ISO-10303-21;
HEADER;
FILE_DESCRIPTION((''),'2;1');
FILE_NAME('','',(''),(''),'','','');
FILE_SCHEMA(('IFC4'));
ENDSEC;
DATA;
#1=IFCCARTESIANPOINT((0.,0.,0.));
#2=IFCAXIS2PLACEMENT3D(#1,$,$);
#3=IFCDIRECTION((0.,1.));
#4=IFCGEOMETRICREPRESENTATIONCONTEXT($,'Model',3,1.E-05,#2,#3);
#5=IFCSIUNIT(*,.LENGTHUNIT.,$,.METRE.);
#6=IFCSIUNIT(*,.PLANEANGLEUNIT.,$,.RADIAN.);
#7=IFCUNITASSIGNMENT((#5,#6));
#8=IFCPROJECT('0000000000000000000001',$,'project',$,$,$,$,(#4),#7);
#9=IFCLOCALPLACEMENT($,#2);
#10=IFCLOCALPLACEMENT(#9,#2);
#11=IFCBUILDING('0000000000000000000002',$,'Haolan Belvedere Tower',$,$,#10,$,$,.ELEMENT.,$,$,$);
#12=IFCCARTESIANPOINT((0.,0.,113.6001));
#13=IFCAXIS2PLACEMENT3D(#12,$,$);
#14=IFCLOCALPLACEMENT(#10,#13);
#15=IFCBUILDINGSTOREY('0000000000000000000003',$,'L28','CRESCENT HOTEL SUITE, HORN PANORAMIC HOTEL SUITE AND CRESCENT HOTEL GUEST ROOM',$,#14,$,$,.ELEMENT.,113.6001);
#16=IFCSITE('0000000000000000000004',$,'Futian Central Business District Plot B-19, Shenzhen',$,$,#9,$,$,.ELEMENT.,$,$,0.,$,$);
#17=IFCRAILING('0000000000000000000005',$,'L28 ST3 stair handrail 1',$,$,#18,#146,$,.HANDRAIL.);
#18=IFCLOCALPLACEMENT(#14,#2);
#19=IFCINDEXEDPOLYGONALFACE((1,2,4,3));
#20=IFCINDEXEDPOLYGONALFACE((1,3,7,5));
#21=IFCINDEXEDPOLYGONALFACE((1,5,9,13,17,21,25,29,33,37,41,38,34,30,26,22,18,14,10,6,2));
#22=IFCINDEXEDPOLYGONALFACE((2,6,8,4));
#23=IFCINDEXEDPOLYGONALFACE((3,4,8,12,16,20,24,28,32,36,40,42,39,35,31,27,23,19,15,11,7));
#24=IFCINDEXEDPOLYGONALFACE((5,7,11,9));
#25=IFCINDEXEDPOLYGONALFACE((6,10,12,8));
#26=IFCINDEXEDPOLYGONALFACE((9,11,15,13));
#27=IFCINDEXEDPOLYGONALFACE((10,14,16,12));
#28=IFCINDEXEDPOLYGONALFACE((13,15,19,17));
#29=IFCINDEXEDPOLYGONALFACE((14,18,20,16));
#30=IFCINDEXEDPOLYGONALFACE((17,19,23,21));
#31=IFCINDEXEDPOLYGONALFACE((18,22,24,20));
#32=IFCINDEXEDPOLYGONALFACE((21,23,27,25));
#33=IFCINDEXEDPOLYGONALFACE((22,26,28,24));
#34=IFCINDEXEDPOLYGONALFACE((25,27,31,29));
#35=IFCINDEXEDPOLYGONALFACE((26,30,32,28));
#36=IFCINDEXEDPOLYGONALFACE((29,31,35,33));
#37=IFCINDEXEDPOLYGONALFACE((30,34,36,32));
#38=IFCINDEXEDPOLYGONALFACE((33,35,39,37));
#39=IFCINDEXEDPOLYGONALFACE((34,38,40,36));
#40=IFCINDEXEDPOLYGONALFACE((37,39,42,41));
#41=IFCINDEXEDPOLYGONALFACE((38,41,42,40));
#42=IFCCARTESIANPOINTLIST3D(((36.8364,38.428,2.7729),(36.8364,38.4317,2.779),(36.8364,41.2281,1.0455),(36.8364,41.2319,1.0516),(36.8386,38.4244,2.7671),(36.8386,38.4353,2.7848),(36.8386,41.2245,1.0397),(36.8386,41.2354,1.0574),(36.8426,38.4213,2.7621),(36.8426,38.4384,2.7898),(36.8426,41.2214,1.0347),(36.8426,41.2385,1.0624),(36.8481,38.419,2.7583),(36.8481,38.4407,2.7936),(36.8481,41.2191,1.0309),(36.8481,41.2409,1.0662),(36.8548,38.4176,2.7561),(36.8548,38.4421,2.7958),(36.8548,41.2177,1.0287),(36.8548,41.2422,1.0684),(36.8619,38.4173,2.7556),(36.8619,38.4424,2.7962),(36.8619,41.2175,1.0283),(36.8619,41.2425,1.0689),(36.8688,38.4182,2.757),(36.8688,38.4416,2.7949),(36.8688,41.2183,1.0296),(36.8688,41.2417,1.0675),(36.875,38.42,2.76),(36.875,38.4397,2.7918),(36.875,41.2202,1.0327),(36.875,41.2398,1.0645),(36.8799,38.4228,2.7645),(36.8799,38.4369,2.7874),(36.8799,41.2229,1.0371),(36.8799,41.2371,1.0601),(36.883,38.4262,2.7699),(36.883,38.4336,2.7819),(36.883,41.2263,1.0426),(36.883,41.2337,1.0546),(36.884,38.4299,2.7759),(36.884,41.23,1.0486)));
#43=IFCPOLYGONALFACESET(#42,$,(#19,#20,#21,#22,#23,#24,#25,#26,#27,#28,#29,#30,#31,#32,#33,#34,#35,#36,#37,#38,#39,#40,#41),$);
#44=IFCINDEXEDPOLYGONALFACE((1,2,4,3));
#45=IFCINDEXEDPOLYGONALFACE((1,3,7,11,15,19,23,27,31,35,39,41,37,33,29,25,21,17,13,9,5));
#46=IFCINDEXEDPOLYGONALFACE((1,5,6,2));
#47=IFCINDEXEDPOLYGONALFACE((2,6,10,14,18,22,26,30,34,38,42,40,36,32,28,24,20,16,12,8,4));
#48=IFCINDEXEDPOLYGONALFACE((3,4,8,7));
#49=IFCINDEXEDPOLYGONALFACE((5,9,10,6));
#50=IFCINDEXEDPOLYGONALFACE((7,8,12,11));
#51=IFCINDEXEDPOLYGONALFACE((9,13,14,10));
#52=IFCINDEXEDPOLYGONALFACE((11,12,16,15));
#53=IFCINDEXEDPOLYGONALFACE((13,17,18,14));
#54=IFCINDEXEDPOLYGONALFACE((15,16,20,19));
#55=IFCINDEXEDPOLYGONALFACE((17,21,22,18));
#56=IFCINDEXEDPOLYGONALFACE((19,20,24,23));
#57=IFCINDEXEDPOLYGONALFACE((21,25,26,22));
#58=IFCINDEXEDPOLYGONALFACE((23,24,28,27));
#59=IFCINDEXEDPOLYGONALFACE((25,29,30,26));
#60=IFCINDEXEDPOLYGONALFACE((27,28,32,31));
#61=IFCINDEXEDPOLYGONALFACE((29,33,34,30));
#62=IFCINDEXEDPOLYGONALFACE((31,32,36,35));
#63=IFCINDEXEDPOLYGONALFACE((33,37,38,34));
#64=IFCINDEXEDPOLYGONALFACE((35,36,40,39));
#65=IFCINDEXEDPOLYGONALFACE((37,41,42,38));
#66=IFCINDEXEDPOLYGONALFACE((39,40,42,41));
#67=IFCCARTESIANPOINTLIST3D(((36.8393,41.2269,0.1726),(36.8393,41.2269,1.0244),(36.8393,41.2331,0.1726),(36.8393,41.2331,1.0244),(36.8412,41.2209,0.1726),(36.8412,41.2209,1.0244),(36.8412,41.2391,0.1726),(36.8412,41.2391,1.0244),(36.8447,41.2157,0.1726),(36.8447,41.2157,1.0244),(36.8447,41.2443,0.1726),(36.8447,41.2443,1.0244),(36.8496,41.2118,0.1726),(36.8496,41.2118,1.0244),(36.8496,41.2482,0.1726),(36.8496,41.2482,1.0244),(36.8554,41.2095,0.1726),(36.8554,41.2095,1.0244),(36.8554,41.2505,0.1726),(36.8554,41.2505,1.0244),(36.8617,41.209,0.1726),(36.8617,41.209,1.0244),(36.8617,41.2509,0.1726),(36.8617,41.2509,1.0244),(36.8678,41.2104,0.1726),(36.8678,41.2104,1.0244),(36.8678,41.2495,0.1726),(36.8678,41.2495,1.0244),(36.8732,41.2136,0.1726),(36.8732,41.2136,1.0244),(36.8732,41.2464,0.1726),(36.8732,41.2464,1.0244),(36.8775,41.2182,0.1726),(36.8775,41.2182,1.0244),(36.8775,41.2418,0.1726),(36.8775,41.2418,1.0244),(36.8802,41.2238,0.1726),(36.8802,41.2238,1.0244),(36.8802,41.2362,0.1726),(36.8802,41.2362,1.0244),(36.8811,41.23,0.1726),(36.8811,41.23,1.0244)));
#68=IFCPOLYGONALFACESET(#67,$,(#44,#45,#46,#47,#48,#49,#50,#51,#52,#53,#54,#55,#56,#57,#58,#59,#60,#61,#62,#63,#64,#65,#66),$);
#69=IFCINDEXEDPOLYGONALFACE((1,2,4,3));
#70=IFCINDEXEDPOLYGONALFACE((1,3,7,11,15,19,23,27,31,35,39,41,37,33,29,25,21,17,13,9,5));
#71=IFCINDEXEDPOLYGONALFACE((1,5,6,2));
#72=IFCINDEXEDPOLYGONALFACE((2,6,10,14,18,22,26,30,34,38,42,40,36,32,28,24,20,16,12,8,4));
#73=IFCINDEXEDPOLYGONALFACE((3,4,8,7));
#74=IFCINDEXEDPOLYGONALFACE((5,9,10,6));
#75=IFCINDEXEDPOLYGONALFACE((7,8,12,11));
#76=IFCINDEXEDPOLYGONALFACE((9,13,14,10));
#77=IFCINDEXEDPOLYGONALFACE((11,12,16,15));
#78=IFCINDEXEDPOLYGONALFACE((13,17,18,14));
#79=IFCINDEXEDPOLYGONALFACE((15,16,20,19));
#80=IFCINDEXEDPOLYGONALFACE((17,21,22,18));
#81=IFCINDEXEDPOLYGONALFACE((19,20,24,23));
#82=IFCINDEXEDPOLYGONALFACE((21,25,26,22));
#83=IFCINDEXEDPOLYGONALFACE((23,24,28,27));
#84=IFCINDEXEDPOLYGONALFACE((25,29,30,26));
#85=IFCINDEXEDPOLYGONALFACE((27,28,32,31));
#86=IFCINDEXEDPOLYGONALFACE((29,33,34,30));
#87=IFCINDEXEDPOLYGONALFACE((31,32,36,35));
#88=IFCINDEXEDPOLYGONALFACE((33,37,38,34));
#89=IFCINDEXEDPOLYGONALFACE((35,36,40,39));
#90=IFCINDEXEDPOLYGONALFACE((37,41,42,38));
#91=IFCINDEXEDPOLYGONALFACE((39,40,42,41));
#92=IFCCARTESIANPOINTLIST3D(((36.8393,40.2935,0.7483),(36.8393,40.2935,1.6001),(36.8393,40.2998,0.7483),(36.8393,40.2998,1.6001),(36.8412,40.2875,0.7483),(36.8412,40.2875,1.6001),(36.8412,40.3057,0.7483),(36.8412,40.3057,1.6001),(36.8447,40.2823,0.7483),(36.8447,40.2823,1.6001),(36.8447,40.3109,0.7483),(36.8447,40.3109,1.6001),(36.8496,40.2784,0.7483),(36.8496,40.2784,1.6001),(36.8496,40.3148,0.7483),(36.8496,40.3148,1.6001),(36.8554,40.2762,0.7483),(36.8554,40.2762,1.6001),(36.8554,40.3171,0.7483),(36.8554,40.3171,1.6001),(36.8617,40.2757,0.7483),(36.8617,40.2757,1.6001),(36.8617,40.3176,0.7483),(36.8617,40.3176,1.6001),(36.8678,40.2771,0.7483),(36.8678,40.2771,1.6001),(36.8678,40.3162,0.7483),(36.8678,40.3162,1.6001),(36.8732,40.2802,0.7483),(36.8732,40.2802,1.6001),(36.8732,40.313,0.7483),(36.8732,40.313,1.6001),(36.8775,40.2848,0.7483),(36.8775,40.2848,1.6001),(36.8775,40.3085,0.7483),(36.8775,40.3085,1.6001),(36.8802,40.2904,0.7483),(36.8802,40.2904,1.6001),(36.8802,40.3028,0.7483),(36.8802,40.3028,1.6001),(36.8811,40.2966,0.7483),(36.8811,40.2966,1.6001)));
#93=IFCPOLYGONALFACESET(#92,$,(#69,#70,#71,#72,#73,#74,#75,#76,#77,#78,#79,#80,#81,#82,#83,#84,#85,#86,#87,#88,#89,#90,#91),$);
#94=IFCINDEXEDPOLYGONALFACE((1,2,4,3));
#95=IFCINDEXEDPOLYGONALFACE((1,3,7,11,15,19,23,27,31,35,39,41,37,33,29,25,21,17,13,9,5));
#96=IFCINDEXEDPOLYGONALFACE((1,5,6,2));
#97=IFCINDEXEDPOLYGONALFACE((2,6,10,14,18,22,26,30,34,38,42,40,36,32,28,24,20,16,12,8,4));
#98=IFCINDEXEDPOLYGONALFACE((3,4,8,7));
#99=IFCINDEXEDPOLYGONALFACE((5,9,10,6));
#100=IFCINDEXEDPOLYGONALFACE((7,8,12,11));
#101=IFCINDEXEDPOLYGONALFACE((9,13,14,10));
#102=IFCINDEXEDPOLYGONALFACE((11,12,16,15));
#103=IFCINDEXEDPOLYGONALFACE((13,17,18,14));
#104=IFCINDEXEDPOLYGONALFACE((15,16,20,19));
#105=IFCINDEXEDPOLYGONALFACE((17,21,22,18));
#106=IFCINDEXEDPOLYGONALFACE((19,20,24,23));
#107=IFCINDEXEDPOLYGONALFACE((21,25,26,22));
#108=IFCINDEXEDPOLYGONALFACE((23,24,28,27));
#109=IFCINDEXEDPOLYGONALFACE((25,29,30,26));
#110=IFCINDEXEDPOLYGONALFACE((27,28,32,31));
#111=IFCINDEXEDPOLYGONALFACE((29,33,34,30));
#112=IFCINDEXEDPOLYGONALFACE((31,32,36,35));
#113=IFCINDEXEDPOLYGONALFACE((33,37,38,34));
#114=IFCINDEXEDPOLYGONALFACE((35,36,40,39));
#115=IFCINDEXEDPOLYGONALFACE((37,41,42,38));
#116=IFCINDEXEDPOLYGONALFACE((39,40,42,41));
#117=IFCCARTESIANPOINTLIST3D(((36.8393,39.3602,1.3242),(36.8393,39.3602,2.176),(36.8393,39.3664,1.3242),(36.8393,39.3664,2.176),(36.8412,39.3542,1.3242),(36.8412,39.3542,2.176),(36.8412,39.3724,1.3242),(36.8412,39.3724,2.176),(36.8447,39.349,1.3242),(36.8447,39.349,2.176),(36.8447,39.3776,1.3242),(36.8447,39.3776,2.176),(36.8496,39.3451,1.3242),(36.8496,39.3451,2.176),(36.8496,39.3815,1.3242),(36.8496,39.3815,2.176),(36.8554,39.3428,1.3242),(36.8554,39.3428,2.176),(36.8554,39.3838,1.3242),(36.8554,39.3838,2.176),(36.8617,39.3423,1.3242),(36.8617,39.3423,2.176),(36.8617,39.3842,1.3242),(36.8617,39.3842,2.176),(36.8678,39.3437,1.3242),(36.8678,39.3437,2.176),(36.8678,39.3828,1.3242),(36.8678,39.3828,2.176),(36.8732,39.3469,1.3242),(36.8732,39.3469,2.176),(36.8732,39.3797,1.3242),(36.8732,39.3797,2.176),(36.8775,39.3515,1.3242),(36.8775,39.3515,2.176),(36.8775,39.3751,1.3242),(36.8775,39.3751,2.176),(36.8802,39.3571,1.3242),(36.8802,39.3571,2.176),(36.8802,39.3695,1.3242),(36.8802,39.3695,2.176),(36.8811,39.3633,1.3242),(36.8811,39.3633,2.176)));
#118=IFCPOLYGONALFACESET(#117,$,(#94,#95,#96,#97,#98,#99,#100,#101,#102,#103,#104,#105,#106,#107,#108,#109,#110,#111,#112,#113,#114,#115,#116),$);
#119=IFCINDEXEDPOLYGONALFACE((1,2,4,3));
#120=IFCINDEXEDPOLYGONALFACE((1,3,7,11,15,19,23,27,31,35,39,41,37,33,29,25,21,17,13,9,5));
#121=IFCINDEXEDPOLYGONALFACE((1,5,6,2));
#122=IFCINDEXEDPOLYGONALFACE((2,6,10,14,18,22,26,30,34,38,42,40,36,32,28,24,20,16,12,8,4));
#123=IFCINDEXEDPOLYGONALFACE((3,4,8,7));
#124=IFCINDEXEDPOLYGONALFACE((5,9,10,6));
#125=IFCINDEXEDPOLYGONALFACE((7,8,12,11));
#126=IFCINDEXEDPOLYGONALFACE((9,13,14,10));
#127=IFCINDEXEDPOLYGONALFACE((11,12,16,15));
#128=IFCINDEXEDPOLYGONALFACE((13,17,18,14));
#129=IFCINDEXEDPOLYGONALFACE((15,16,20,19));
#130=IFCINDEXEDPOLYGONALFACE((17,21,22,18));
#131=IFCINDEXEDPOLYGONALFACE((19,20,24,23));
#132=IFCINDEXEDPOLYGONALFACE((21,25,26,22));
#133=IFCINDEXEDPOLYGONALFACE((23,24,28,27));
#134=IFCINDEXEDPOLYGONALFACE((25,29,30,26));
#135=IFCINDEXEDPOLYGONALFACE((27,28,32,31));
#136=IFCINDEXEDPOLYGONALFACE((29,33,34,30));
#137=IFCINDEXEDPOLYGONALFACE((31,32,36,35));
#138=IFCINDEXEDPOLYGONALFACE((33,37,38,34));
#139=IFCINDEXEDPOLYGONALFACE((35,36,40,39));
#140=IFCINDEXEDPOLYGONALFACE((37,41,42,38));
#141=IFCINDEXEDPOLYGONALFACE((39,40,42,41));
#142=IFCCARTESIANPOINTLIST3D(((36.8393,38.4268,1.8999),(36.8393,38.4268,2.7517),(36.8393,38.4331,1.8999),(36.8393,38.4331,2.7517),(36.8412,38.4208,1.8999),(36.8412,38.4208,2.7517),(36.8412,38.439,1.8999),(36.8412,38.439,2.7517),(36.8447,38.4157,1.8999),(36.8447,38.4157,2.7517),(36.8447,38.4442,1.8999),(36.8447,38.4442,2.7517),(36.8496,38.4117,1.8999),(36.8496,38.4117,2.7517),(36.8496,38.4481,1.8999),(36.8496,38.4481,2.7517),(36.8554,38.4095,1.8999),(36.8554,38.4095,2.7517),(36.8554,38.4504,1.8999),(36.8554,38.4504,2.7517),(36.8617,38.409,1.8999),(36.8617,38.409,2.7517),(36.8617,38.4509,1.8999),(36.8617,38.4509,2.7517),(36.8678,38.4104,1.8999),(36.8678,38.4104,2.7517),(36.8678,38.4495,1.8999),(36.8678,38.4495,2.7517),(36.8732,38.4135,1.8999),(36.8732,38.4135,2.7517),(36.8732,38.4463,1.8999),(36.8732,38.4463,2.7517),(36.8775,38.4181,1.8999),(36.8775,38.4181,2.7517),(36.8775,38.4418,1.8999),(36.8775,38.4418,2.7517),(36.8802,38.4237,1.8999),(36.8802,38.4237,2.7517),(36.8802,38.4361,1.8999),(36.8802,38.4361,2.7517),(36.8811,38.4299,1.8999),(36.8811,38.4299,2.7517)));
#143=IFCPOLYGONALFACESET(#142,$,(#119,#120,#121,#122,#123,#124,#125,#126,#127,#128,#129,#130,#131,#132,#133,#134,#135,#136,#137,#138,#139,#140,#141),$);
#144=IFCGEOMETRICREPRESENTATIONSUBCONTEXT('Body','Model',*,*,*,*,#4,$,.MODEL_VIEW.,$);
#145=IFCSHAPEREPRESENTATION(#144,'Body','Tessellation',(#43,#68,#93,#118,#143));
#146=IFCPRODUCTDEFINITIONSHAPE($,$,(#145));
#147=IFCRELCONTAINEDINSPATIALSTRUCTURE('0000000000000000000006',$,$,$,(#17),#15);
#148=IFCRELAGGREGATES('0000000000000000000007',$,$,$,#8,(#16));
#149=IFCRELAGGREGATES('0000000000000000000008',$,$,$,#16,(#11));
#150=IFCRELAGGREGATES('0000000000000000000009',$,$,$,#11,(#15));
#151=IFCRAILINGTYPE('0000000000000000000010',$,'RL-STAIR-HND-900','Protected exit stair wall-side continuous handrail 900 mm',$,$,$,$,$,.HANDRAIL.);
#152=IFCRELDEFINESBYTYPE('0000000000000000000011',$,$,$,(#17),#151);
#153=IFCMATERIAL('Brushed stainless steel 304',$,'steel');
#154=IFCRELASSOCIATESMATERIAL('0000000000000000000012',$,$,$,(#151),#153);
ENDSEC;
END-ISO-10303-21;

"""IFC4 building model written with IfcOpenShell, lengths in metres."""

from ifc_helpers import new_model, si_unit, direction, frame, origin, origin_2d, place, context, subcontext, project, spatial, circle, extrude, material, type_object, element, save


model = new_model("IFC4")

# Units and contexts
model_context = context("Model", 3, precision=1e-05, world=origin(), true_north=direction((0.0, 1.0)))
body_context = subcontext(model_context, "Body", "Model", "MODEL_VIEW")
ifc_project = project(units=[si_unit("LENGTHUNIT", "METRE"), si_unit("PLANEANGLEUNIT", "RADIAN")], contexts=[model_context])

# Site, building, storey
site_placement = place(None, origin())
site = spatial("IfcSite", under=ifc_project, at=site_placement, Name="Futian Central Business District Plot B-19, Shenzhen", CompositionType="ELEMENT", RefElevation=0.0)
building_placement = place(site_placement, origin())
building = spatial("IfcBuilding", under=site, at=building_placement, Name="Haolan Belvedere Tower", CompositionType="ELEMENT")
storey_placement = place(building_placement, frame((0.0, 0.0, 113.6001)))
storey = spatial("IfcBuildingStorey", under=building, at=storey_placement, Name="L28", Description="CRESCENT HOTEL SUITE, HORN PANORAMIC HOTEL SUITE AND CRESCENT HOTEL GUEST ROOM", CompositionType="ELEMENT", Elevation=113.6001)

# Railing
ifc_material_1 = material(Name="Brushed stainless steel 304", Category="steel")
railing_type_1 = type_object("IfcRailingType", Name="RL-STAIR-HND-900", Description="Protected exit stair wall-side continuous handrail 900 mm", PredefinedType="HANDRAIL", material=ifc_material_1)
railing_1_placement = place(storey_placement, frame((36.8601, 41.23, 0.1726)))
element("IfcRailing", 1, at=railing_1_placement, inside=storey, type_object=railing_type_1, Name="L28 ST3 stair handrail 1", PredefinedType="HANDRAIL", context=body_context, shape_type="SweptSolid", body=[
    extrude(circle(Radius=0.0239, at=origin_2d()), frame((0.0, 0.0, 0.876), z_axis=(0.0, -0.85109, 0.52502), x_axis=(1.0, 0.0, 0.0)), (0.0, 0.0, 1.0), 3.29),
    extrude(circle(Radius=0.021, at=origin_2d()), origin(), (0.0, 0.0, 1.0), 0.8518),
    extrude(circle(Radius=0.021, at=origin_2d()), frame((0.0, -0.9333, 0.5757)), (0.0, 0.0, 1.0), 0.8518),
    extrude(circle(Radius=0.021, at=origin_2d()), frame((0.0, -1.8667, 1.1516)), (0.0, 0.0, 1.0), 0.8518),
    extrude(circle(Radius=0.021, at=origin_2d()), frame((0.0, -2.8, 1.7273)), (0.0, 0.0, 1.0), 0.8518),
])

save(model, "model.ifc")
